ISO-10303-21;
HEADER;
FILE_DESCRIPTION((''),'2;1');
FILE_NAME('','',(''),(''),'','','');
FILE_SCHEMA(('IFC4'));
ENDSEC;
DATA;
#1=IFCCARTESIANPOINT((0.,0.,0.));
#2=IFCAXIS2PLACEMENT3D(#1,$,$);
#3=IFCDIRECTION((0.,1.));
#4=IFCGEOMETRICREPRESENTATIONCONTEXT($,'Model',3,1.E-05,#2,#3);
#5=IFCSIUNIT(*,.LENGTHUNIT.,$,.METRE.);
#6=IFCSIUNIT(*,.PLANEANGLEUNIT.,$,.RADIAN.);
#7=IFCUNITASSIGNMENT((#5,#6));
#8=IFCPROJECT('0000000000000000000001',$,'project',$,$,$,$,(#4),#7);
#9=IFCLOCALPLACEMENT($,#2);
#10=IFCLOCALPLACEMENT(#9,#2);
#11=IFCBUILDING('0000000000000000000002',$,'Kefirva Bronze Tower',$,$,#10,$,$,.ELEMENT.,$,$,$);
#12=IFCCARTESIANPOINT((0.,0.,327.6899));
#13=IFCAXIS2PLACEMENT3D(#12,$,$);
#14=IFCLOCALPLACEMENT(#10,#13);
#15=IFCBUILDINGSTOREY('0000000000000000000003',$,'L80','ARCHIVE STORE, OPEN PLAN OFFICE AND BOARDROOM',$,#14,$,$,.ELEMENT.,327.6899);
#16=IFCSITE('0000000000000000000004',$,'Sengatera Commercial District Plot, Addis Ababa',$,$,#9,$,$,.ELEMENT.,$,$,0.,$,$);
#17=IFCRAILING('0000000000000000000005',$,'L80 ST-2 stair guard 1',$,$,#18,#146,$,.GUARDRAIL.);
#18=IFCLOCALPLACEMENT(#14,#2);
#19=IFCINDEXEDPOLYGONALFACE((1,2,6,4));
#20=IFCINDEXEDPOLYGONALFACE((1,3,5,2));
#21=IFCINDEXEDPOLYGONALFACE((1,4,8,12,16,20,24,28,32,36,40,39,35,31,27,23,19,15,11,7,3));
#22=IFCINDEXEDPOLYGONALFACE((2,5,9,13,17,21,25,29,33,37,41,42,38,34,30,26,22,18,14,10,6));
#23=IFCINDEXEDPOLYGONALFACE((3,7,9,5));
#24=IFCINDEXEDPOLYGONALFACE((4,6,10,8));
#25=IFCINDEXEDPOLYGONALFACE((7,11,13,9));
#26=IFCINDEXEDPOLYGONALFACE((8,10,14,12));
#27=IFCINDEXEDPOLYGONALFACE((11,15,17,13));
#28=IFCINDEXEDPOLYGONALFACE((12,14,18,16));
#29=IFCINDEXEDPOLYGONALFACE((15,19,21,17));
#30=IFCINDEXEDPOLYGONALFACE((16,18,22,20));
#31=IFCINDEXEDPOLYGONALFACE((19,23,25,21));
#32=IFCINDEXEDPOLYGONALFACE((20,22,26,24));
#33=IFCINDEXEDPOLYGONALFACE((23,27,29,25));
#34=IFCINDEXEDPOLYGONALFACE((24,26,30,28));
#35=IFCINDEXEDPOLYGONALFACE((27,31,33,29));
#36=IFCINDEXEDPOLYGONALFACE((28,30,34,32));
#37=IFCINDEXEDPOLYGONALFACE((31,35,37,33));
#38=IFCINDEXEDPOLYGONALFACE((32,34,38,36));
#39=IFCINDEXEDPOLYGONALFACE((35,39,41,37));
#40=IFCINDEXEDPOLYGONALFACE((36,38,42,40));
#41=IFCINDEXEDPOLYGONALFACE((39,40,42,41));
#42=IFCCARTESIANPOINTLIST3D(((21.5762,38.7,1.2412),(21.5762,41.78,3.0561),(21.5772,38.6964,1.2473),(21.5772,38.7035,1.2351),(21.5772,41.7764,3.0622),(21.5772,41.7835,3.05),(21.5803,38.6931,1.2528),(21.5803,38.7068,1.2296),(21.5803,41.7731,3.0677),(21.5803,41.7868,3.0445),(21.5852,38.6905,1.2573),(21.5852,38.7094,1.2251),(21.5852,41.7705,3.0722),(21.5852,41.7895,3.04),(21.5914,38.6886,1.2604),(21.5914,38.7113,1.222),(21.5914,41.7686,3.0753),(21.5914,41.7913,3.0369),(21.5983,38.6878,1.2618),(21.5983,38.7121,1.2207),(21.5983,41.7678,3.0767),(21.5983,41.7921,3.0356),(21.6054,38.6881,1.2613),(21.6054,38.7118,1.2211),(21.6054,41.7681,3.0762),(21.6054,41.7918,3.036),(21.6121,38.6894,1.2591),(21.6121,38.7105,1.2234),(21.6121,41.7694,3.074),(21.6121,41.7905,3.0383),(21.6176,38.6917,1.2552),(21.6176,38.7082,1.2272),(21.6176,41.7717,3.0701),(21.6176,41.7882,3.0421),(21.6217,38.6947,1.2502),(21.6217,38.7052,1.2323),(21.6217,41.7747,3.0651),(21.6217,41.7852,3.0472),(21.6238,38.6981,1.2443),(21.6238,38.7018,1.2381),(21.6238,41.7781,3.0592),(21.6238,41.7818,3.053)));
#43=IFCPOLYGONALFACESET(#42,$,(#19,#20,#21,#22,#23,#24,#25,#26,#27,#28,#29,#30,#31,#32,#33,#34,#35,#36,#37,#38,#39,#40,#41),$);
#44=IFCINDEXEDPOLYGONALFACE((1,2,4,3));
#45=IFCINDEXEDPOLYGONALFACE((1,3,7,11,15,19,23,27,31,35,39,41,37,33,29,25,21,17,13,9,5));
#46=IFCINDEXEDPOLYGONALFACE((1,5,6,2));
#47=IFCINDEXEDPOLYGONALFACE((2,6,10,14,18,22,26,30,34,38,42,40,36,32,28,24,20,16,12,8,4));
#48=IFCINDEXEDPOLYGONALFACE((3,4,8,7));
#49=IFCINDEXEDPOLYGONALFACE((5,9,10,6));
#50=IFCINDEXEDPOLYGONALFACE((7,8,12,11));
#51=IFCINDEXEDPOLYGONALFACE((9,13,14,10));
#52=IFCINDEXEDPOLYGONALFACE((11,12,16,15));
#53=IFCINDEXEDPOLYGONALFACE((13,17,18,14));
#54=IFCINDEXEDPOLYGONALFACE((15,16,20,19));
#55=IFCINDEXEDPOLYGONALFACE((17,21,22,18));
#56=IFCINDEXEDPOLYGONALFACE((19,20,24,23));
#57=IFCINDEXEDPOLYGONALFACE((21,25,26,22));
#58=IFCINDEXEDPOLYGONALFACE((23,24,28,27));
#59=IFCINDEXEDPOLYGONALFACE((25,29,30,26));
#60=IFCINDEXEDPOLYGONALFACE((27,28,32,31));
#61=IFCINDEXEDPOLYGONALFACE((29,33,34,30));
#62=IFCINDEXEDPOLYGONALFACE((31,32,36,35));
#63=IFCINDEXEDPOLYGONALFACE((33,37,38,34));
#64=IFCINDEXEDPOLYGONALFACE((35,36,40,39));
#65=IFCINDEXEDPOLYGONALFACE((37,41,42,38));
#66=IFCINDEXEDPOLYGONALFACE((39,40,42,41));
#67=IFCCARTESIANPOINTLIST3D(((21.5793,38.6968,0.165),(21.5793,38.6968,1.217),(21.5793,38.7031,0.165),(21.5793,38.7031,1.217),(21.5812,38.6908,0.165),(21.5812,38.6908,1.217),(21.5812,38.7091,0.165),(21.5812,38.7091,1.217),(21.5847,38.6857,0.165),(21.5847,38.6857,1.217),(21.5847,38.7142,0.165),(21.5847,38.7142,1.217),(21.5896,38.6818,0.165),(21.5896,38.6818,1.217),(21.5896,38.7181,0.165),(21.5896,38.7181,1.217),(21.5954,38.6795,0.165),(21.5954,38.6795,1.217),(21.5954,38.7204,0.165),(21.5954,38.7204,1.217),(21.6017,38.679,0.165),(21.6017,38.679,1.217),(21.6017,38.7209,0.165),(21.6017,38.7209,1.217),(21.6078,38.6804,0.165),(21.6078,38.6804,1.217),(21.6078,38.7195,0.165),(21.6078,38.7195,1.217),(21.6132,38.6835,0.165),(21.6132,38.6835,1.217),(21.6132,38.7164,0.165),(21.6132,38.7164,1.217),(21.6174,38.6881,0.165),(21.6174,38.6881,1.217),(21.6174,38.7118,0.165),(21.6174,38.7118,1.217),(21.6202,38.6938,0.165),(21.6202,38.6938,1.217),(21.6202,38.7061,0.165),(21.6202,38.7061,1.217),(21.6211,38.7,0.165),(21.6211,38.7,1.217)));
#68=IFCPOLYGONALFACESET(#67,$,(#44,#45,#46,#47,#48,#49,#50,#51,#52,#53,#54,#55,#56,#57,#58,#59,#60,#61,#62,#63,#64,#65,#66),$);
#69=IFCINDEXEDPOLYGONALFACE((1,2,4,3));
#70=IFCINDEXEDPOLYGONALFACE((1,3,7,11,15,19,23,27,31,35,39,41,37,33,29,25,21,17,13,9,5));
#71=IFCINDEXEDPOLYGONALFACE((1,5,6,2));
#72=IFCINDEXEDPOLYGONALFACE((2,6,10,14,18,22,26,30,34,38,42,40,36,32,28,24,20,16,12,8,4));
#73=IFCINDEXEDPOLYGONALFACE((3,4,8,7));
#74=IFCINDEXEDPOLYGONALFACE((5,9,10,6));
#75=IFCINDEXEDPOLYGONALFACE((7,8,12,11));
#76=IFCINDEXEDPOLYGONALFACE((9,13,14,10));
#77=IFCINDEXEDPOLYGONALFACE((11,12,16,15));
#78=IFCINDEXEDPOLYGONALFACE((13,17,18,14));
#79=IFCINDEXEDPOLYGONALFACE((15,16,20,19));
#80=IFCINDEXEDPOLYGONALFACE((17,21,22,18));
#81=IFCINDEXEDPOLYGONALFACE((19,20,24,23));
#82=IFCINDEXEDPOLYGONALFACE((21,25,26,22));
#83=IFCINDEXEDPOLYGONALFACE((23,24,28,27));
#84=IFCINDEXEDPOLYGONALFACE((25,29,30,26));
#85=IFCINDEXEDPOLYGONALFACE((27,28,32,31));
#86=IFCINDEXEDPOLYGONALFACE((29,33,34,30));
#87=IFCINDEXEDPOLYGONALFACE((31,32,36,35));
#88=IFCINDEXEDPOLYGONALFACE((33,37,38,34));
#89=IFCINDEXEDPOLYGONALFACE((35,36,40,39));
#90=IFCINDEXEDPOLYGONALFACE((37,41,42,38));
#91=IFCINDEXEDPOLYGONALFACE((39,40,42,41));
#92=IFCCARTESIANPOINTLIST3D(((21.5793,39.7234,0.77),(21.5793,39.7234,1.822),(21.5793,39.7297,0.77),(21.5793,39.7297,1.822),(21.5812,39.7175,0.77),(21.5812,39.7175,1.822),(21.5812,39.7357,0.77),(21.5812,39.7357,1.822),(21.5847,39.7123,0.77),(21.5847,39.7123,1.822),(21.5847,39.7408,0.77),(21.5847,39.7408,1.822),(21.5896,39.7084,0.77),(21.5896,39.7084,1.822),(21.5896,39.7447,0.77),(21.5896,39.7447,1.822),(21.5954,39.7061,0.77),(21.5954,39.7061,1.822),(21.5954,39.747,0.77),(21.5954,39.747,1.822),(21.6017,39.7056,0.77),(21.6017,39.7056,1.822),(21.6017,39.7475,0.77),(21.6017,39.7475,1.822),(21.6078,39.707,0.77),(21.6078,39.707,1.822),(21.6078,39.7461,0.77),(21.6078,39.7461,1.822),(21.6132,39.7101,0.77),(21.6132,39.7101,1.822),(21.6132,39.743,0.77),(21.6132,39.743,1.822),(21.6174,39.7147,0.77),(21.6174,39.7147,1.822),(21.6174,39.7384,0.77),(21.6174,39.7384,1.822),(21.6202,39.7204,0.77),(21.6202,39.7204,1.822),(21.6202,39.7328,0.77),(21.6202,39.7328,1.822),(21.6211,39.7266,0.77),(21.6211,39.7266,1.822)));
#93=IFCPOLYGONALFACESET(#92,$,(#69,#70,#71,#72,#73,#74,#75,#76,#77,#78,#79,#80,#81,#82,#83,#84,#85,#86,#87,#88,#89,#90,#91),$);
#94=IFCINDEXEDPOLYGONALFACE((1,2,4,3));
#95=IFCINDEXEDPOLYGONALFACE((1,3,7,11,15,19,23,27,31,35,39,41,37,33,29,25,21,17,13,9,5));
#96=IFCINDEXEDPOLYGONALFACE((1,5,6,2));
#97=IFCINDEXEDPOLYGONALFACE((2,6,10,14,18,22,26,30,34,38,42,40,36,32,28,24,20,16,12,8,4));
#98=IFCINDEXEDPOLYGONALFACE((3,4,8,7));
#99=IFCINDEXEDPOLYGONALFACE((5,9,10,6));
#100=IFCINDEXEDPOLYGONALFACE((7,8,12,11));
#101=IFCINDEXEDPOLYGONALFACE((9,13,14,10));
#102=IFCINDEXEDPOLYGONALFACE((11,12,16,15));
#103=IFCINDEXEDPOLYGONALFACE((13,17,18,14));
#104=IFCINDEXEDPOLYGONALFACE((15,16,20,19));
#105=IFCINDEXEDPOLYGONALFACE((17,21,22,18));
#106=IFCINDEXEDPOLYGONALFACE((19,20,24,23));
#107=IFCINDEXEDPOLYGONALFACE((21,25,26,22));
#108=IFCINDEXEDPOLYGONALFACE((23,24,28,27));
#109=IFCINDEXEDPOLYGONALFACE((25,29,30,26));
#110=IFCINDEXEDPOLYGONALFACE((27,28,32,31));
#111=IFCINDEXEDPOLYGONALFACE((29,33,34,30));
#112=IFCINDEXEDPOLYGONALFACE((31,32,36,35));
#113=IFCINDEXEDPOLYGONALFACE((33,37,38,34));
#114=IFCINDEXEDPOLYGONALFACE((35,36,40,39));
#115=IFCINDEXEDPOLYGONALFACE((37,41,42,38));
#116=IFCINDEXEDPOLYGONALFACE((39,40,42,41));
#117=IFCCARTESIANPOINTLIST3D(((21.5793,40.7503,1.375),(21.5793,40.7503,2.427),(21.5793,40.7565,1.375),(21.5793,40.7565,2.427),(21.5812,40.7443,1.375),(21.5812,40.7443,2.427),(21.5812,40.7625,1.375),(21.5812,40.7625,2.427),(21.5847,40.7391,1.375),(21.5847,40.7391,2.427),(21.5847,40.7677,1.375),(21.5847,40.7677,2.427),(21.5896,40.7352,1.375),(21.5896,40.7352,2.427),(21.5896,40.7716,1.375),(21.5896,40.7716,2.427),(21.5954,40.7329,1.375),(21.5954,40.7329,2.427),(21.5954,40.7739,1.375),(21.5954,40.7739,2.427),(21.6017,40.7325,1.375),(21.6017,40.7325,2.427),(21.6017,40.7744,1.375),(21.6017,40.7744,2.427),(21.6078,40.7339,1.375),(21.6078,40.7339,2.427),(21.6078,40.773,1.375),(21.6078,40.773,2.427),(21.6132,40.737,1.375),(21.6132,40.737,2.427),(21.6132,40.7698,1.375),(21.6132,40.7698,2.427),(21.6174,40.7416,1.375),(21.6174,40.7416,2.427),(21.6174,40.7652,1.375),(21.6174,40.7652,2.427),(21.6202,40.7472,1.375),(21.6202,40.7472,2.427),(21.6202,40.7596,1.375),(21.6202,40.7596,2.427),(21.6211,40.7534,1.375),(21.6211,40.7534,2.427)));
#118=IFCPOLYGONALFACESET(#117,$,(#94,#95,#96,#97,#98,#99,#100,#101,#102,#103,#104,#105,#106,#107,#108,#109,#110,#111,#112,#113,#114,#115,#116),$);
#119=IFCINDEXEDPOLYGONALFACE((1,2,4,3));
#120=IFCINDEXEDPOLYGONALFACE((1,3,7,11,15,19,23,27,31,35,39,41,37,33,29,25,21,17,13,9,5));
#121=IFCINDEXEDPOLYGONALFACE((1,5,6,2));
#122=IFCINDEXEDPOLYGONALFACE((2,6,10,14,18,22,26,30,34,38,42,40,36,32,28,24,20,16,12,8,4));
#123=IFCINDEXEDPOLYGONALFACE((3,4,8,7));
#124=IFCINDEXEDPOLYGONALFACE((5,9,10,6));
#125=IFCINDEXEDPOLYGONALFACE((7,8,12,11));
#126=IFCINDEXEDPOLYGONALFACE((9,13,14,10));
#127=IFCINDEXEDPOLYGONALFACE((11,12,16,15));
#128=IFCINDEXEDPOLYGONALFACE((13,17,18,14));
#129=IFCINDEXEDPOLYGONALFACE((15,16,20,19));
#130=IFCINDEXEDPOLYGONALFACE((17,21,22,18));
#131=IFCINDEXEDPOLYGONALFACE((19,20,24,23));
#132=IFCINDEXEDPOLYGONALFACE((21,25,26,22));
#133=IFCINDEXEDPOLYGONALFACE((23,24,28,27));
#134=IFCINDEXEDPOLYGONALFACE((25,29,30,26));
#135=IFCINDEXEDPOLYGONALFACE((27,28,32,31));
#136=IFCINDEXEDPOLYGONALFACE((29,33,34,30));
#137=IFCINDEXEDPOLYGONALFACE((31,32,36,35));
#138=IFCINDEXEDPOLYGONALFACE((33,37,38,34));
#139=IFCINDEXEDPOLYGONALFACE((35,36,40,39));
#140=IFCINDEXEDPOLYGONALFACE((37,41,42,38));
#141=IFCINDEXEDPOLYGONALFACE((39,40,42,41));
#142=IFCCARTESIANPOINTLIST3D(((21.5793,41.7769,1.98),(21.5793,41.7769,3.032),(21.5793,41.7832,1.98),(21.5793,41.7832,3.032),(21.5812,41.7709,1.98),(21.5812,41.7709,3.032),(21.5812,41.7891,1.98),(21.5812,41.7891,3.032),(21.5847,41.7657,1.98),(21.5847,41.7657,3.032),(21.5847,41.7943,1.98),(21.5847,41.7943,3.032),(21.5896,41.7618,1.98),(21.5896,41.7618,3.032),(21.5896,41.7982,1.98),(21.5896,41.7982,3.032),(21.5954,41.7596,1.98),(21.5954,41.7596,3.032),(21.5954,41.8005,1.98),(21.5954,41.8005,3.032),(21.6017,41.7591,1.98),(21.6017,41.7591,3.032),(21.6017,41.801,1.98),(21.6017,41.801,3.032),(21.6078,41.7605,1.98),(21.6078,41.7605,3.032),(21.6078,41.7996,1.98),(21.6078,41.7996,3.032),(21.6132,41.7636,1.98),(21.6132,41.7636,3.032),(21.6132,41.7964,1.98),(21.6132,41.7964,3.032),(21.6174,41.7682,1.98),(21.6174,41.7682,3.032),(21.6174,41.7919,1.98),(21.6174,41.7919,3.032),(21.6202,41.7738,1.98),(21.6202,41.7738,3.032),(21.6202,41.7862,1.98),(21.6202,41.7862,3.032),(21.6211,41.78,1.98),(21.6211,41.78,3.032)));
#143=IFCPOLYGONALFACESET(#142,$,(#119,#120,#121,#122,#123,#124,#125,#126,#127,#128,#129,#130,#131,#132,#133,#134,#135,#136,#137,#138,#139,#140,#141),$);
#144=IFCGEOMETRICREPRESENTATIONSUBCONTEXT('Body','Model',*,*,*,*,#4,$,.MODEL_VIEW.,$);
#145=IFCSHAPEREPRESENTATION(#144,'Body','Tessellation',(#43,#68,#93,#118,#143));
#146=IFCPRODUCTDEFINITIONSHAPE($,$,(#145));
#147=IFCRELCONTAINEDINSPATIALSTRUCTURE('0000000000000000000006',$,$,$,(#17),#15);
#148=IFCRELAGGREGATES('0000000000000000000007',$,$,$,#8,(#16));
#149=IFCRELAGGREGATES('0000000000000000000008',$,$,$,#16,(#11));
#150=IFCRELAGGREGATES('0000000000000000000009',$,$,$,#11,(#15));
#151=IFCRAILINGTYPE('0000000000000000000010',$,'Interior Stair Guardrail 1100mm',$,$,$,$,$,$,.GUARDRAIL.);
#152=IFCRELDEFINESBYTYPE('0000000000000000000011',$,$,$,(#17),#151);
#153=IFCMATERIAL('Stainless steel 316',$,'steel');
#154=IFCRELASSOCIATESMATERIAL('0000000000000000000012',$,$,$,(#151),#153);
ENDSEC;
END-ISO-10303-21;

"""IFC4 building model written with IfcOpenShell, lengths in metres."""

from ifc_helpers import new_model, si_unit, direction, frame, origin, origin_2d, place, context, subcontext, project, spatial, circle, extrude, material, type_object, element, save


model = new_model("IFC4")

# Units and contexts
model_context = context("Model", 3, precision=1e-05, world=origin(), true_north=direction((0.0, 1.0)))
body_context = subcontext(model_context, "Body", "Model", "MODEL_VIEW")
ifc_project = project(units=[si_unit("LENGTHUNIT", "METRE"), si_unit("PLANEANGLEUNIT", "RADIAN")], contexts=[model_context])

# Site, building, storey
site_placement = place(None, origin())
site = spatial("IfcSite", under=ifc_project, at=site_placement, Name="Sengatera Commercial District Plot, Addis Ababa", CompositionType="ELEMENT", RefElevation=0.0)
building_placement = place(site_placement, origin())
building = spatial("IfcBuilding", under=site, at=building_placement, Name="Kefirva Bronze Tower", CompositionType="ELEMENT")
storey_placement = place(building_placement, frame((0.0, 0.0, 327.6899)))
storey = spatial("IfcBuildingStorey", under=building, at=storey_placement, Name="L80", Description="ARCHIVE STORE, OPEN PLAN OFFICE AND BOARDROOM", CompositionType="ELEMENT", Elevation=327.6899)

# Railing
ifc_material_1 = material(Name="Stainless steel 316", Category="steel")
railing_type_1 = type_object("IfcRailingType", Name="Interior Stair Guardrail 1100mm", PredefinedType="GUARDRAIL", material=ifc_material_1)
railing_1_placement = place(storey_placement, frame((21.6001, 38.7, 0.165)))
element("IfcRailing", 1, at=railing_1_placement, inside=storey, type_object=railing_type_1, Name="L80 ST-2 stair guard 1", PredefinedType="GUARDRAIL", context=body_context, shape_type="SweptSolid", body=[
    extrude(circle(Radius=0.0239, at=origin_2d()), frame((0.0, 0.0, 1.0762), z_axis=(0.0, 0.861551, 0.507671), x_axis=(-1.0, 0.0, 0.0)), (0.0, 0.0, 1.0), 3.575),
    extrude(circle(Radius=0.021, at=origin_2d()), origin(), (0.0, 0.0, 1.0), 1.052),
    extrude(circle(Radius=0.021, at=origin_2d()), frame((0.0, 1.0266, 0.605)), (0.0, 0.0, 1.0), 1.052),
    extrude(circle(Radius=0.021, at=origin_2d()), frame((0.0, 2.0535, 1.21)), (0.0, 0.0, 1.0), 1.052),
    extrude(circle(Radius=0.021, at=origin_2d()), frame((0.0, 3.0801, 1.8149)), (0.0, 0.0, 1.0), 1.052),
])

save(model, "model.ifc")
